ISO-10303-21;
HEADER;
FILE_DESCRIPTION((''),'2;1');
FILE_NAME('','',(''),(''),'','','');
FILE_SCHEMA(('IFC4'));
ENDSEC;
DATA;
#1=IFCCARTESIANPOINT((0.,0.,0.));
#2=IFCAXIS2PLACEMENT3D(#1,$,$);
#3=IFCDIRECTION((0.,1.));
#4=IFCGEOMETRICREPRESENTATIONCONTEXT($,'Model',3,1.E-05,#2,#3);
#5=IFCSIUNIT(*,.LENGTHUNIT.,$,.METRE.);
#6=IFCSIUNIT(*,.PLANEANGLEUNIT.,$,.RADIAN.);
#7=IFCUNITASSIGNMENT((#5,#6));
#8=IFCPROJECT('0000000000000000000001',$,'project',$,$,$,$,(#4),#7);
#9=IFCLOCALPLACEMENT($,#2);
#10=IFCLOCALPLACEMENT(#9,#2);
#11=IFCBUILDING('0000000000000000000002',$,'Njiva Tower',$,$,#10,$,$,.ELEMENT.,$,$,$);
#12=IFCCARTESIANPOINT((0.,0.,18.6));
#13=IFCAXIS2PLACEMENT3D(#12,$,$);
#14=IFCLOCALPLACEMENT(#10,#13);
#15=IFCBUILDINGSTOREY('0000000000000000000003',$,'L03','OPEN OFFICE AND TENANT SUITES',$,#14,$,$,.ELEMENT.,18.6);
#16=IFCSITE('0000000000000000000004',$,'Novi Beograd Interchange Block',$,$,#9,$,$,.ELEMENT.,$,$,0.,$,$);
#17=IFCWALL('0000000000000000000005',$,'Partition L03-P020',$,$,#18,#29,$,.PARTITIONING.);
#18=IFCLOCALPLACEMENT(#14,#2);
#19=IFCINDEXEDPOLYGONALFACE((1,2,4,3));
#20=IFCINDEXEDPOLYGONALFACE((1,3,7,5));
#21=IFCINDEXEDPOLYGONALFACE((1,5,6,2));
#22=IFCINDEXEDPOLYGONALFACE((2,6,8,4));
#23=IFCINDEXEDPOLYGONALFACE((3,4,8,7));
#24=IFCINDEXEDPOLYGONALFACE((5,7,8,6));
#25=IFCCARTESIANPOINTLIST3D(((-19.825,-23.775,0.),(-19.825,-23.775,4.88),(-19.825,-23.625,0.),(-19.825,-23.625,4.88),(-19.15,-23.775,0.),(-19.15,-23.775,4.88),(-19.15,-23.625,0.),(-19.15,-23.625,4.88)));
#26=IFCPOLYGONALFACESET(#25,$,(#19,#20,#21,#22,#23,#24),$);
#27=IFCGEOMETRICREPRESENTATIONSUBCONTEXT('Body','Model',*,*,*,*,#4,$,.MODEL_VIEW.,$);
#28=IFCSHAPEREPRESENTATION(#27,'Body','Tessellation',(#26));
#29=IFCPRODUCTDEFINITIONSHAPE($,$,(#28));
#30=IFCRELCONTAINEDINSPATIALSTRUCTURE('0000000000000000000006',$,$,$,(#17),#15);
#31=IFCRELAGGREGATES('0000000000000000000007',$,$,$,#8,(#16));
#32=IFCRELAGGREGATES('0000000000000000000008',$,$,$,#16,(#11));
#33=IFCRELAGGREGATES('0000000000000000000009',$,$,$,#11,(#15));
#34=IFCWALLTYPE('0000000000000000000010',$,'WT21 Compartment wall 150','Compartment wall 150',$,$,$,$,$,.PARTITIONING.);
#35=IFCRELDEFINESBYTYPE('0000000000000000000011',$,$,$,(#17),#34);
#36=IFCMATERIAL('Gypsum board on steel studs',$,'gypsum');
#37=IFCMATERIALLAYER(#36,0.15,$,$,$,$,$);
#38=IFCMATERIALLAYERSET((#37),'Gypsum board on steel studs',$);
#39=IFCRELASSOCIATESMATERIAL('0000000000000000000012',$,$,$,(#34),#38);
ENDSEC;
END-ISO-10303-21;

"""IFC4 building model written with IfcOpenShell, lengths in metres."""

from ifc_helpers import new_model, si_unit, direction, frame, frame_2d, origin, place, context, subcontext, project, spatial, rectangle, extrude, material, layer, layer_set, type_object, element, save


model = new_model("IFC4")

# Units and contexts
model_context = context("Model", 3, precision=1e-05, world=origin(), true_north=direction((0.0, 1.0)))
body_context = subcontext(model_context, "Body", "Model", "MODEL_VIEW")
ifc_project = project(units=[si_unit("LENGTHUNIT", "METRE"), si_unit("PLANEANGLEUNIT", "RADIAN")], contexts=[model_context])

# Site, building, storey
site_placement = place(None, origin())
site = spatial("IfcSite", under=ifc_project, at=site_placement, Name="Novi Beograd Interchange Block", CompositionType="ELEMENT", RefElevation=0.0)
building_placement = place(site_placement, origin())
building = spatial("IfcBuilding", under=site, at=building_placement, Name="Njiva Tower", CompositionType="ELEMENT")
storey_placement = place(building_placement, frame((0.0, 0.0, 18.6)))
storey = spatial("IfcBuildingStorey", under=building, at=storey_placement, Name="L03", Description="OPEN OFFICE AND TENANT SUITES", CompositionType="ELEMENT", Elevation=18.6)

# Shared definitions
ifc_material_1 = material(Name="Gypsum board on steel studs", Category="gypsum")
ifc_layer = layer(ifc_material_1, 0.15)
ifc_layer_set = layer_set([ifc_layer], Name="Gypsum board on steel studs")
wall_type = type_object("IfcWallType", Name="WT21 Compartment wall 150", Description="Compartment wall 150", PredefinedType="PARTITIONING", material=ifc_layer_set)

# Wall
wall_1_placement = place(storey_placement, frame((-19.825, -23.7, 0.0), z_axis=(0.0, 0.0, 1.0), x_axis=(1.0, 0.0, 0.0)))
element("IfcWall", 1, at=wall_1_placement, inside=storey, type_object=wall_type, Name="Partition L03-P020", PredefinedType="PARTITIONING", context=body_context, shape_type="SweptSolid", body=[
    extrude(rectangle(XDim=0.675, YDim=0.15, at=frame_2d((0.3375, 0.0))), origin(), (0.0, 0.0, 1.0), 4.88),
])

save(model, "model.ifc")
